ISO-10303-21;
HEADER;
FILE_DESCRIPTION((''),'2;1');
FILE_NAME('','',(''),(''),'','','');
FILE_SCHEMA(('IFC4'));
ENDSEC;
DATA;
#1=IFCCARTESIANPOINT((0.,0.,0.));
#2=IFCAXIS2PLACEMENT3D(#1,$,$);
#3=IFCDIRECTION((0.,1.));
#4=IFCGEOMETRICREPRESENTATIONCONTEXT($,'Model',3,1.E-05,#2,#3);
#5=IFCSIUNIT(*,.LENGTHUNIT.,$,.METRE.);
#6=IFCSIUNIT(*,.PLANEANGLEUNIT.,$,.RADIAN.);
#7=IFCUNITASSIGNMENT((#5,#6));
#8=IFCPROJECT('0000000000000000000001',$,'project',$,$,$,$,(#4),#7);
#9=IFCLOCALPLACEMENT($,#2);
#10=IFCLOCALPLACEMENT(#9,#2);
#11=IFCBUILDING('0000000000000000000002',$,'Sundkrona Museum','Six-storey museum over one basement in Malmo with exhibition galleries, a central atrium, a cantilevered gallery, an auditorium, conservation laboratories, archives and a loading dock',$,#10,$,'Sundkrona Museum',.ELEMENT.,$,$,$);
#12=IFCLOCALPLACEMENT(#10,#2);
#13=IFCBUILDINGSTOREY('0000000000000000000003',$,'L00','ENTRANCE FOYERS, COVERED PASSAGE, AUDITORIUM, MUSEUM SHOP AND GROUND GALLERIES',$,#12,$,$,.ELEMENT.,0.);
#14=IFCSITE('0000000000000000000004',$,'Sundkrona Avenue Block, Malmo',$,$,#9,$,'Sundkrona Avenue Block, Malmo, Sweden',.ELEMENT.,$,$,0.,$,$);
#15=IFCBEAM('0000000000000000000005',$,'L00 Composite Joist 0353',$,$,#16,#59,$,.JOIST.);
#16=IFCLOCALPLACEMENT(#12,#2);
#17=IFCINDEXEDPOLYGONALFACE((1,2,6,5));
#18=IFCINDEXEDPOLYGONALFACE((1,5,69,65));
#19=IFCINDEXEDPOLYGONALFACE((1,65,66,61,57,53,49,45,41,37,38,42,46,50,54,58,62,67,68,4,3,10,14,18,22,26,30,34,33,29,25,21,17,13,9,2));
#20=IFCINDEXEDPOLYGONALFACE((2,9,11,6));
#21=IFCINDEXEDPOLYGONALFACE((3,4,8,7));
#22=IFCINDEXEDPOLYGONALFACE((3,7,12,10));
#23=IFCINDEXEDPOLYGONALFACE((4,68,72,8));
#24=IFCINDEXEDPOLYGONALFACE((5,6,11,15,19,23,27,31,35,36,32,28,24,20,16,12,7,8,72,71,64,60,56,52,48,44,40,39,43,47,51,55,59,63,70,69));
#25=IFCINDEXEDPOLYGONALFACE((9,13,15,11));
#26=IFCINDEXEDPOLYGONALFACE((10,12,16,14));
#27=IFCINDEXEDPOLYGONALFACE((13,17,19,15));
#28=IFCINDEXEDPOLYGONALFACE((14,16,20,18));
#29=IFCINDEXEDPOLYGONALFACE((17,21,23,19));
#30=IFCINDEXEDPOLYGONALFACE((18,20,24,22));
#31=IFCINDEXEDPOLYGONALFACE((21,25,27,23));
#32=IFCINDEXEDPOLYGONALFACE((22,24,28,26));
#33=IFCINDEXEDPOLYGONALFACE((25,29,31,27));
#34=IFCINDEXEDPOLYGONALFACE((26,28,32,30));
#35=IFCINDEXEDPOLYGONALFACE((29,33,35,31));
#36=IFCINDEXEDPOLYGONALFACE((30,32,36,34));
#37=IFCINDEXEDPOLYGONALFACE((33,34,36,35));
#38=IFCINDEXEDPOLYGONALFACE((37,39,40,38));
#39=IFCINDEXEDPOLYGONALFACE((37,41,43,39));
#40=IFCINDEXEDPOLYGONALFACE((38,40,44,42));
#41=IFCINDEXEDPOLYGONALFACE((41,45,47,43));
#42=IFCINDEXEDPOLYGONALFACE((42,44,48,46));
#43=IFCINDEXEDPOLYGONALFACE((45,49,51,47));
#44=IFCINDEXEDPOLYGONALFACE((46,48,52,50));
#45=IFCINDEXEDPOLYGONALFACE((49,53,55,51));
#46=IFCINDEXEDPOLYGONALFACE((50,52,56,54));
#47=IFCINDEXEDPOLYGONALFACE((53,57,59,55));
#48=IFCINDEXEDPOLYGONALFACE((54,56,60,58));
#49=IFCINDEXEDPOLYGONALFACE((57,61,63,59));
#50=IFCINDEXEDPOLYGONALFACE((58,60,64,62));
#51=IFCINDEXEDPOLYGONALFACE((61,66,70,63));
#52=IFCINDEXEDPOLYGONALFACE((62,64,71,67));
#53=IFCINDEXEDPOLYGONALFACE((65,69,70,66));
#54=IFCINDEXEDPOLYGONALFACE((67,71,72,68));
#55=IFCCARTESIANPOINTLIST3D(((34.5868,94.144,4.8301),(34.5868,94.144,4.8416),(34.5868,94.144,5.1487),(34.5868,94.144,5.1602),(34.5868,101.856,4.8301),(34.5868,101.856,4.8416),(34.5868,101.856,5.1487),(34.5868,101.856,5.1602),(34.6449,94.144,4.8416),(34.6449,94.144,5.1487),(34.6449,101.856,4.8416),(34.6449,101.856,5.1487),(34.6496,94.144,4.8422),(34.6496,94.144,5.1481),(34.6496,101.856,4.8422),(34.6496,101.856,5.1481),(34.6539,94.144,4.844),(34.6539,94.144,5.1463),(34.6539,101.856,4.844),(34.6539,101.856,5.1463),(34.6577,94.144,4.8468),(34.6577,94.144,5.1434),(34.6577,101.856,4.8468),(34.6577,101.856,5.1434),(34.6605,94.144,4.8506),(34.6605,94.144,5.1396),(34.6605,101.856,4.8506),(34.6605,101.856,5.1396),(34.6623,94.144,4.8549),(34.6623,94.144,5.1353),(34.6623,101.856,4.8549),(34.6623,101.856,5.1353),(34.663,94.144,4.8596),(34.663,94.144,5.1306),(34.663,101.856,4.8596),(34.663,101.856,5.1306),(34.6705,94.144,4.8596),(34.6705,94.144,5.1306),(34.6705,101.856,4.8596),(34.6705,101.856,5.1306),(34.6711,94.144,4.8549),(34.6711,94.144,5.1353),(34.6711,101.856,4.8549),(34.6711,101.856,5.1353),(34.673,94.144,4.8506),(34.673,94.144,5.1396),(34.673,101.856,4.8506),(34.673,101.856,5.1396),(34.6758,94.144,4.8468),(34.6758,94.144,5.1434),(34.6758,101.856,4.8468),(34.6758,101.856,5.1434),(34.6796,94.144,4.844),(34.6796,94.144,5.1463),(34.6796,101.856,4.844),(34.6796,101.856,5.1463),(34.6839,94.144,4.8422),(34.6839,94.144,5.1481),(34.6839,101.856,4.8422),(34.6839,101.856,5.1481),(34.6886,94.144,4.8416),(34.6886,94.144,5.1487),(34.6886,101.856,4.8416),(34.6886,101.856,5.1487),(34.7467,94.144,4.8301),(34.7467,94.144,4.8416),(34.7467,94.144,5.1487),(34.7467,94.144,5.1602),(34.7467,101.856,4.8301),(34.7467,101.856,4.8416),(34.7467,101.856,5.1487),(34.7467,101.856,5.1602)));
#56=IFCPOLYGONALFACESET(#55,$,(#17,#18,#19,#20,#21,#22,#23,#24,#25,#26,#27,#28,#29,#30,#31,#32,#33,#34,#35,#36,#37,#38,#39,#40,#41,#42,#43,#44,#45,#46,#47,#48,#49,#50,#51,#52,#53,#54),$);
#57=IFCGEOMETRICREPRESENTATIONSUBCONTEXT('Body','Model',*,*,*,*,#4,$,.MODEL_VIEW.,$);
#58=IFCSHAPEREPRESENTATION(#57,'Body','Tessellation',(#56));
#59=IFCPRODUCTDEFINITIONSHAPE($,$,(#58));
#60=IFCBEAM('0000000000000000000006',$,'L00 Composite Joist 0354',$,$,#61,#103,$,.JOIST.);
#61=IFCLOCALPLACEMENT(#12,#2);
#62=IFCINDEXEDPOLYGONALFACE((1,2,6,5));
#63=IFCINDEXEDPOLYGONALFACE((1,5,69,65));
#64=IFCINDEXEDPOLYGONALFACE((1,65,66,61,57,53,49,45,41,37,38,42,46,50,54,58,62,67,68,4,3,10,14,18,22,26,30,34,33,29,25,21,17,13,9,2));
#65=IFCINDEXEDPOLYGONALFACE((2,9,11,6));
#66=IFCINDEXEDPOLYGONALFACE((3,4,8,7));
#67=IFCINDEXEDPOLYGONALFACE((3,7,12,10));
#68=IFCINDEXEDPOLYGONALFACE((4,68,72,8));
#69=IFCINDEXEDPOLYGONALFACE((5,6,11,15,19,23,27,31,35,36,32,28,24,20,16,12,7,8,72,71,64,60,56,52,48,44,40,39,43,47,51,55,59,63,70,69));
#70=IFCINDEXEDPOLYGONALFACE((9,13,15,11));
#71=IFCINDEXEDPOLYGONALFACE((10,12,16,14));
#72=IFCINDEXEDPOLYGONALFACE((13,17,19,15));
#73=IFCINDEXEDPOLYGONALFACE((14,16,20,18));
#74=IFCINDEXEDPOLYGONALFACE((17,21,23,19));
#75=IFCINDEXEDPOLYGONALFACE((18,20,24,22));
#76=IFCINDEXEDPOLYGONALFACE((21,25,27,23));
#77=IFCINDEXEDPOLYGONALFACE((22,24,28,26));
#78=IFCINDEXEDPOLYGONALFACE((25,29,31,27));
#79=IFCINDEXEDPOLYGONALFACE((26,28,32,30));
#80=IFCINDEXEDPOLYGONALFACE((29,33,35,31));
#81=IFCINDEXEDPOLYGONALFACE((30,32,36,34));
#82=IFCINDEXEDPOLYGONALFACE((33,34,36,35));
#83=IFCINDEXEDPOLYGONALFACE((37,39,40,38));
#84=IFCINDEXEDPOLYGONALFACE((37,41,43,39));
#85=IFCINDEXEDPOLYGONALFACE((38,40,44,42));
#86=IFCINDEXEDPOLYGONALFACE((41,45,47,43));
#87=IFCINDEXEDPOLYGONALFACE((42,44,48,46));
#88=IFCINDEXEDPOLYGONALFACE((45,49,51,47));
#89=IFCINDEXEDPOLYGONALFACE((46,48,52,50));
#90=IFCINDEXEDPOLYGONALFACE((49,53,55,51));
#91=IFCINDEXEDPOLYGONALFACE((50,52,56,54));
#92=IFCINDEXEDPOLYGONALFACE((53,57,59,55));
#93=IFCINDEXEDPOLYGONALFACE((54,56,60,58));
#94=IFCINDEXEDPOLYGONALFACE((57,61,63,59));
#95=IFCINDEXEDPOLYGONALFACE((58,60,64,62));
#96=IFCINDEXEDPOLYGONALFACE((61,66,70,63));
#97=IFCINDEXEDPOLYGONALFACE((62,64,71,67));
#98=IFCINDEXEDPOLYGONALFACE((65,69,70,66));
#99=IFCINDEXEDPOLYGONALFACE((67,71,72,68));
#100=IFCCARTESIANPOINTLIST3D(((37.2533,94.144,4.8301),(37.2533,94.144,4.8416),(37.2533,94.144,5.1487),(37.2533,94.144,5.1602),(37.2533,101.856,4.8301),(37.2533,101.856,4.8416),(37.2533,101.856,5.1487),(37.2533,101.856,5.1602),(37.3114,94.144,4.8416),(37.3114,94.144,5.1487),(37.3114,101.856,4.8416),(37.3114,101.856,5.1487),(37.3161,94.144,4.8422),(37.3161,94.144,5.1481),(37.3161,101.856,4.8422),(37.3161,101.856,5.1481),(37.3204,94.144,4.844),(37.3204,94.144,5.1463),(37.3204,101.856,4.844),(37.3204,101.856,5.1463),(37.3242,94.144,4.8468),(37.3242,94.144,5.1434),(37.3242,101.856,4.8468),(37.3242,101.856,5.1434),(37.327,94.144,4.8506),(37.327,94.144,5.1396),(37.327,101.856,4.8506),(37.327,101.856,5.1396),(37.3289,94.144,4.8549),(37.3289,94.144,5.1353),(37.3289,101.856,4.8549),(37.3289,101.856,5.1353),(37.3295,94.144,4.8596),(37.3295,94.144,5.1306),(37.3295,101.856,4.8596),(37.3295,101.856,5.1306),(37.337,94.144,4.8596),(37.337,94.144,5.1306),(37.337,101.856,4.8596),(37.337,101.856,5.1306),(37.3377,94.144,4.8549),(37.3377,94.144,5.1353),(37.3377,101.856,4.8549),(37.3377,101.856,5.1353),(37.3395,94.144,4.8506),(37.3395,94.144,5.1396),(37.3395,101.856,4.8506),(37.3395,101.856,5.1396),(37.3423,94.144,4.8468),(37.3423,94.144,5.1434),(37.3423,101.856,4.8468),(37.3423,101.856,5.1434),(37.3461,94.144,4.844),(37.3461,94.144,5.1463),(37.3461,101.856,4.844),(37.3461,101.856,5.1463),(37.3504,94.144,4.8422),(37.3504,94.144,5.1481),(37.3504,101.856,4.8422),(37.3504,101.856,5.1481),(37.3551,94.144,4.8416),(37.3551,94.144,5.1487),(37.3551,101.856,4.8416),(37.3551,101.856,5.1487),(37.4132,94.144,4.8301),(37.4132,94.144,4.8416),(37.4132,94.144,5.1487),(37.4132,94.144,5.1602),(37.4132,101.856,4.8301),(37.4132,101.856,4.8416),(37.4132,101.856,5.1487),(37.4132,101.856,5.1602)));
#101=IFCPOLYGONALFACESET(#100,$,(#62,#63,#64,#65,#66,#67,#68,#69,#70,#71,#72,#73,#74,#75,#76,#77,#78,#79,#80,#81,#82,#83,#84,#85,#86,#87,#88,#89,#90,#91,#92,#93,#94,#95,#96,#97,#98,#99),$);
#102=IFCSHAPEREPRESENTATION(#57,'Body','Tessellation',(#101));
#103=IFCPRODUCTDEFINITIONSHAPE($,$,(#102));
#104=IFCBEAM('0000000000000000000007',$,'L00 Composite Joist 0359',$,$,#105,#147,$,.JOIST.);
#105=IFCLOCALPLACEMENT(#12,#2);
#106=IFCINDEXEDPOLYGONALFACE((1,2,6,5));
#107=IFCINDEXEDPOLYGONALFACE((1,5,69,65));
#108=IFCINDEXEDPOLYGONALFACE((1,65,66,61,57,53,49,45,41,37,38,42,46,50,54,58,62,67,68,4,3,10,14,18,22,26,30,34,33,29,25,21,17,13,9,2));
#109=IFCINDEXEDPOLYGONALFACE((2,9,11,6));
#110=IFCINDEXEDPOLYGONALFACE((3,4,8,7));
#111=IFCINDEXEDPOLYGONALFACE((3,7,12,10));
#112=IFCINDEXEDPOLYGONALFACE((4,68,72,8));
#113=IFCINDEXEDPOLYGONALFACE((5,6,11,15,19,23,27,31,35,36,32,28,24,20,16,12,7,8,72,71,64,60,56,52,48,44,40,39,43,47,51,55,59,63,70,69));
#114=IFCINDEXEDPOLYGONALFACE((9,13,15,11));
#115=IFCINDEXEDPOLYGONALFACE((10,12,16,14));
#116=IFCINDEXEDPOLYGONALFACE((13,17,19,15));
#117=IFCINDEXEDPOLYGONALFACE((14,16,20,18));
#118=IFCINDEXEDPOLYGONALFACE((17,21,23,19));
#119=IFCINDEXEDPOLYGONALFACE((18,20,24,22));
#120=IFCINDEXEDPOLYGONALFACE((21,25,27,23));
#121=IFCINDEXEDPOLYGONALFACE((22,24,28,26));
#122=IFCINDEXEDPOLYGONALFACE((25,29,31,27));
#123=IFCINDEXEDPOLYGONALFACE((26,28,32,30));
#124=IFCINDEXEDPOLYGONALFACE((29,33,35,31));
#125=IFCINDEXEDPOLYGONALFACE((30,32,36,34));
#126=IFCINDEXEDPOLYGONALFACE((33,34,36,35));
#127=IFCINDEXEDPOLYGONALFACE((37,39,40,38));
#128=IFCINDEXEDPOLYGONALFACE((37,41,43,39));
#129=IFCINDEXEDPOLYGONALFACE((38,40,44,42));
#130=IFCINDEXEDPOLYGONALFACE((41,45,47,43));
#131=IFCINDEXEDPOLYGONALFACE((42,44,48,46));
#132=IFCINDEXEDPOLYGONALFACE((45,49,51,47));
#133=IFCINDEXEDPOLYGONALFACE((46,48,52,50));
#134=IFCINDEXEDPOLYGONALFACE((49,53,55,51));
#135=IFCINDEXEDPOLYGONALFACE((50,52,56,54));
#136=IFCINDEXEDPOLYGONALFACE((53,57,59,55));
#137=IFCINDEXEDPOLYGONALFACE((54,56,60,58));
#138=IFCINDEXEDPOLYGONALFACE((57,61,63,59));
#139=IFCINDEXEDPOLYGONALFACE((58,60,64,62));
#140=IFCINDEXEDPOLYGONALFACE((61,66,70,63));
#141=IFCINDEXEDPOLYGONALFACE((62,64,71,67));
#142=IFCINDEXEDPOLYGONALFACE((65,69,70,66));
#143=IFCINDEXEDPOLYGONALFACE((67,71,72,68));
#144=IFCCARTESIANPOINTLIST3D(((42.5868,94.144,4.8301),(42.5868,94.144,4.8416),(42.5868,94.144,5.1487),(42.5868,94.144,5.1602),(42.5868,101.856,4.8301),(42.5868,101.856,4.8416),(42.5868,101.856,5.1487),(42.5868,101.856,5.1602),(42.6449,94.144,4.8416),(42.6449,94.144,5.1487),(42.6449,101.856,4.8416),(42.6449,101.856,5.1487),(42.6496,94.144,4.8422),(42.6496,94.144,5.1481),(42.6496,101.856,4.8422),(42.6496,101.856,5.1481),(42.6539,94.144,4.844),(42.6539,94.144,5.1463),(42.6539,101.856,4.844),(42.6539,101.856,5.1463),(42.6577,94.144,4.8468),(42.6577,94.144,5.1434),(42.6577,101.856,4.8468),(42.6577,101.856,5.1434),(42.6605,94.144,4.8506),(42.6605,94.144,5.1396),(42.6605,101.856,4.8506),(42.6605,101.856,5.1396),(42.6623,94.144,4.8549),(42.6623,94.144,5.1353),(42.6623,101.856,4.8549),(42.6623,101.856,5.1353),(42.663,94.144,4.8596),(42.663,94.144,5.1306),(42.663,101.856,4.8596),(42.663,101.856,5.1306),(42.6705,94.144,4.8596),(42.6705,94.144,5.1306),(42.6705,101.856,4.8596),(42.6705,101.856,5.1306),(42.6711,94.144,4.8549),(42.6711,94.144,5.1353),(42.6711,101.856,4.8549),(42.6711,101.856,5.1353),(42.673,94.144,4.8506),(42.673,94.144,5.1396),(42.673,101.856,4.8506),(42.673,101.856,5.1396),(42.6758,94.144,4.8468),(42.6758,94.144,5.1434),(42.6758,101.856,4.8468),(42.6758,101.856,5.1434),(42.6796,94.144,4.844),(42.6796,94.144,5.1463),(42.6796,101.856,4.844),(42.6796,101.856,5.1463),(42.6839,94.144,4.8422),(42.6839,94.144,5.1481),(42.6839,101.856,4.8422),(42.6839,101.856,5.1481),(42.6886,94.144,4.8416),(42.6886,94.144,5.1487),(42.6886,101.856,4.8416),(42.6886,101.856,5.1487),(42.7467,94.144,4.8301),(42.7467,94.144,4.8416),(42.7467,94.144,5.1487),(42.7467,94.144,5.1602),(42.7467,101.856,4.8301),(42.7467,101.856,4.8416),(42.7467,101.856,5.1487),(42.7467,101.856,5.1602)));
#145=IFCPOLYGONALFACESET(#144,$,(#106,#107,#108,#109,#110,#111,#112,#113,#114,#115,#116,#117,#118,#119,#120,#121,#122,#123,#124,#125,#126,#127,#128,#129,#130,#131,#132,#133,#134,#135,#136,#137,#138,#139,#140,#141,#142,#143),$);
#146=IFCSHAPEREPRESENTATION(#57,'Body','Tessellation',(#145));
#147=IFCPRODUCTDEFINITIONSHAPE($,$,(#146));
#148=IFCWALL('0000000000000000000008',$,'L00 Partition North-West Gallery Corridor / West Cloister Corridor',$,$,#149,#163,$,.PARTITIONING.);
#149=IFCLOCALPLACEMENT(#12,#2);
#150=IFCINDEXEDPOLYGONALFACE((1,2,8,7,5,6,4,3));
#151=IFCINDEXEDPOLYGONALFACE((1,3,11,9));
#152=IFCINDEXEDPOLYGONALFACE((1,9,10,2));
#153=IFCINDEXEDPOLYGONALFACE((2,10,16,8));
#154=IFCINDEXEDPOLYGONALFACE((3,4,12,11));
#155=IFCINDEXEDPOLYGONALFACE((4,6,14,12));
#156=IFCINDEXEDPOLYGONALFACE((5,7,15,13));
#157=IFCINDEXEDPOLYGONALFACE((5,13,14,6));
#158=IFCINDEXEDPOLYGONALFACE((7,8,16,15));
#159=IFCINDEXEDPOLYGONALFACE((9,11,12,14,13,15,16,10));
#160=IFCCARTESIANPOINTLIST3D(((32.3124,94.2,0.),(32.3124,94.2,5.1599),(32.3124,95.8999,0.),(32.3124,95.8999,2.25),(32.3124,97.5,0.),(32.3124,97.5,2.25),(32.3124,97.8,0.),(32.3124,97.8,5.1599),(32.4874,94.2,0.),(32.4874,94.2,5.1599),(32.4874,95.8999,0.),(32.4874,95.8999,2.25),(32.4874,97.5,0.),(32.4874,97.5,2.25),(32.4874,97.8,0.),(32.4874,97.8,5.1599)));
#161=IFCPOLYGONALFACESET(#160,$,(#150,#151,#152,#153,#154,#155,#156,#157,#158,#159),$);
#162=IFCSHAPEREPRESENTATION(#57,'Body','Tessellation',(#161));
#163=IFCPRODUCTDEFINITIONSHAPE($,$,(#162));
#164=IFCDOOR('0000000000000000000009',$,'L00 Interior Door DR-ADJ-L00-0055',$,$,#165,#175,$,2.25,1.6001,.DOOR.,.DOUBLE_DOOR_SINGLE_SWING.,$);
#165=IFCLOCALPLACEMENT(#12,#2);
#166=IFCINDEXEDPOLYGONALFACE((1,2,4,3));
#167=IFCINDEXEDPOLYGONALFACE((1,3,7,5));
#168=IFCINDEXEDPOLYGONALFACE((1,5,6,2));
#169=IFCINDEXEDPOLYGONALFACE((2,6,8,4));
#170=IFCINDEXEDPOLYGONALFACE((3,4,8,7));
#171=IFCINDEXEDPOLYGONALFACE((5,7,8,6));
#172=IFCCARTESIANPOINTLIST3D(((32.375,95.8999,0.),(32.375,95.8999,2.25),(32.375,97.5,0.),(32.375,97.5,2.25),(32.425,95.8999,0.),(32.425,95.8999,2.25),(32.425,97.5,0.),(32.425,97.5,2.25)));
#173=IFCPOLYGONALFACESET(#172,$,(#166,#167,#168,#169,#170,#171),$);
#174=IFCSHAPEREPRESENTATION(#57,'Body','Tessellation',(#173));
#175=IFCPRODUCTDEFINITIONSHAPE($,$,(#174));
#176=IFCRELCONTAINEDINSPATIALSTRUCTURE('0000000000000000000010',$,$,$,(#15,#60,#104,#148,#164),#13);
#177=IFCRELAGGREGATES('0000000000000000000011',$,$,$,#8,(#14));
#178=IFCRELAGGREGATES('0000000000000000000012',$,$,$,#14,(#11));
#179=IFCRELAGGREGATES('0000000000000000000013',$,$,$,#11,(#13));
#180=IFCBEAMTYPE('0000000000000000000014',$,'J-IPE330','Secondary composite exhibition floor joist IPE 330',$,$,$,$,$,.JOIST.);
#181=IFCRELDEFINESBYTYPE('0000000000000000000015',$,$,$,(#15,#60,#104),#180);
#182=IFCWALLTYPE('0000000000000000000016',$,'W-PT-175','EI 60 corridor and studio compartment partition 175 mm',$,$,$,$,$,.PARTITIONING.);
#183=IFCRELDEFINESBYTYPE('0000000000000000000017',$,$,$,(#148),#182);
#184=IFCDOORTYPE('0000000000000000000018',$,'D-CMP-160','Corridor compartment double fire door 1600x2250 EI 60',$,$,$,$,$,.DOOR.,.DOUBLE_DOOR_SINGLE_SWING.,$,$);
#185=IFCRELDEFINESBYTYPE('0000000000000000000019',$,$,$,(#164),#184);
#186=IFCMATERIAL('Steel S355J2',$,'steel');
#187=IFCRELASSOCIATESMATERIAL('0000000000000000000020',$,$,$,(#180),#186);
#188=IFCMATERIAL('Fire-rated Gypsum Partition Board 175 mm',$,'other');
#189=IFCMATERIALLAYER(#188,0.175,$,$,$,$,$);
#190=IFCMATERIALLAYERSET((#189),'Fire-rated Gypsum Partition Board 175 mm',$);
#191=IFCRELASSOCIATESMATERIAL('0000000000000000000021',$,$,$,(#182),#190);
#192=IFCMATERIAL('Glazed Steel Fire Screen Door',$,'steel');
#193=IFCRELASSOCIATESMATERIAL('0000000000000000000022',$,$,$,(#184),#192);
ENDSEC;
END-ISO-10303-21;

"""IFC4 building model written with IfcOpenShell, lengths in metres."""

from ifc_helpers import new_model, si_unit, direction, frame, frame_2d, origin, origin_2d, place, context, subcontext, project, spatial, rectangle, i_section, extrude, material, layer, layer_set, material_profile, profile_set, type_object, element, fill, save


model = new_model("IFC4")

# Units and contexts
model_context = context("Model", 3, precision=1e-05, world=origin(), true_north=direction((0.0, 1.0)))
body_context = subcontext(model_context, "Body", "Model", "MODEL_VIEW")
ifc_project = project(units=[si_unit("LENGTHUNIT", "METRE"), si_unit("PLANEANGLEUNIT", "RADIAN")], contexts=[model_context])

# Site, building, storey
site_placement = place(None, origin())
site = spatial("IfcSite", under=ifc_project, at=site_placement, Name="Sundkrona Avenue Block, Malmo", LongName="Sundkrona Avenue Block, Malmo, Sweden", CompositionType="ELEMENT", RefElevation=0.0)
building_placement = place(site_placement, origin())
building = spatial("IfcBuilding", under=site, at=building_placement, Name="Sundkrona Museum", Description="Six-storey museum over one basement in Malmo with exhibition galleries, a central atrium, a cantilevered gallery, an auditorium, conservation laboratories, archives and a loading dock", LongName="Sundkrona Museum", CompositionType="ELEMENT")
storey_placement = place(building_placement, origin())
storey = spatial("IfcBuildingStorey", under=building, at=storey_placement, Name="L00", Description="ENTRANCE FOYERS, COVERED PASSAGE, AUDITORIUM, MUSEUM SHOP AND GROUND GALLERIES", CompositionType="ELEMENT", Elevation=0.0)

# Shared definitions
ifc_material_1 = material(Name="Steel S355J2", Category="steel")

# Beams
ifc_material_profile_1 = material_profile(ifc_material_1, i_section(OverallWidth=0.1599, OverallDepth=0.3301, WebThickness=0.0076, FlangeThickness=0.0115, FilletRadius=0.0181, at=origin_2d()), Name="IPE 330")
ifc_profile_set_1 = profile_set([ifc_material_profile_1], Name="Steel S355J2")
beam_type_1 = type_object("IfcBeamType", Name="J-IPE330", Description="Secondary composite exhibition floor joist IPE 330", PredefinedType="JOIST", material=ifc_profile_set_1)
for number, where, z_axis, x_axis, name in (
    (1, (34.6667, 94.144, 4.9951), (0.0, 1.0, 0.0), (-1.0, 0.0, 0.0), "L00 Composite Joist 0353"),
    (2, (37.3333, 94.144, 4.9951), (0.0, 1.0, 0.0), (-1.0, 0.0, 0.0), "L00 Composite Joist 0354"),
    (3, (42.6667, 94.144, 4.9951), (0.0, 1.0, 0.0), (-1.0, 0.0, 0.0), "L00 Composite Joist 0359"),
):
    element("IfcBeam", number, at=place(storey_placement, frame(where, z_axis=z_axis, x_axis=x_axis)), inside=storey, type_object=beam_type_1, Name=name, PredefinedType="JOIST", context=body_context, shape_type="SweptSolid", body=[
        extrude(i_section(OverallWidth=0.1599, OverallDepth=0.3301, WebThickness=0.0076, FlangeThickness=0.0115, FilletRadius=0.0181, at=origin_2d()), origin(), (0.0, 0.0, 1.0), 7.7119),
    ])

# Wall, opening, door
ifc_material_2 = material(Name="Fire-rated Gypsum Partition Board 175 mm", Category="other")
ifc_layer = layer(ifc_material_2, 0.175)
ifc_layer_set = layer_set([ifc_layer], Name="Fire-rated Gypsum Partition Board 175 mm")
wall_type = type_object("IfcWallType", Name="W-PT-175", Description="EI 60 corridor and studio compartment partition 175 mm", PredefinedType="PARTITIONING", material=ifc_layer_set)
wall_1_placement = place(storey_placement, frame((32.3999, 94.2, 0.0), z_axis=(0.0, 0.0, 1.0), x_axis=(0.0, 1.0, 0.0)))
wall_1 = element("IfcWall", 4, at=wall_1_placement, inside=storey, type_object=wall_type, Name="L00 Partition North-West Gallery Corridor / West Cloister Corridor", PredefinedType="PARTITIONING", context=body_context, shape_type="SweptSolid", body=[
    extrude(rectangle(XDim=3.6001, YDim=0.175, at=frame_2d((1.8, 0.0))), origin(), (0.0, 0.0, 1.0), 5.1599),
])
opening_1_placement = place(wall_1_placement, frame((1.7, 0.0, 0.0)))
opening_1 = element("IfcOpeningElement", 5, at=opening_1_placement, cuts=wall_1, PredefinedType="OPENING", context=body_context, shape_type="SweptSolid", body=[
    extrude(rectangle(XDim=1.6001, YDim=2.25, at=frame_2d((0.8, 1.125))), frame((0.0, 0.0974, 0.0), z_axis=(0.0, -1.0, 0.0), x_axis=(1.0, 0.0, 0.0)), (0.0, 0.0, 1.0), 0.1951),
])
ifc_material_3 = material(Name="Glazed Steel Fire Screen Door", Category="steel")
door_type_1 = type_object("IfcDoorType", Name="D-CMP-160", Description="Corridor compartment double fire door 1600x2250 EI 60", OperationType="DOUBLE_DOOR_SINGLE_SWING", PredefinedType="DOOR", material=ifc_material_3)
door_1_placement = place(opening_1_placement, origin())
door_1 = element("IfcDoor", 6, at=door_1_placement, inside=storey, type_object=door_type_1, Name="L00 Interior Door DR-ADJ-L00-0055", OperationType="DOUBLE_DOOR_SINGLE_SWING", OverallHeight=2.25, OverallWidth=1.6001, PredefinedType="DOOR", context=body_context, shape_type="SweptSolid", body=[
    extrude(rectangle(XDim=1.6001, YDim=2.25, at=frame_2d((0.8, 1.125))), frame((0.0, 0.0249, 0.0), z_axis=(0.0, -1.0, 0.0), x_axis=(1.0, 0.0, 0.0)), (0.0, 0.0, 1.0), 0.05),
])
fill(opening_1, door_1)

save(model, "model.ifc")
